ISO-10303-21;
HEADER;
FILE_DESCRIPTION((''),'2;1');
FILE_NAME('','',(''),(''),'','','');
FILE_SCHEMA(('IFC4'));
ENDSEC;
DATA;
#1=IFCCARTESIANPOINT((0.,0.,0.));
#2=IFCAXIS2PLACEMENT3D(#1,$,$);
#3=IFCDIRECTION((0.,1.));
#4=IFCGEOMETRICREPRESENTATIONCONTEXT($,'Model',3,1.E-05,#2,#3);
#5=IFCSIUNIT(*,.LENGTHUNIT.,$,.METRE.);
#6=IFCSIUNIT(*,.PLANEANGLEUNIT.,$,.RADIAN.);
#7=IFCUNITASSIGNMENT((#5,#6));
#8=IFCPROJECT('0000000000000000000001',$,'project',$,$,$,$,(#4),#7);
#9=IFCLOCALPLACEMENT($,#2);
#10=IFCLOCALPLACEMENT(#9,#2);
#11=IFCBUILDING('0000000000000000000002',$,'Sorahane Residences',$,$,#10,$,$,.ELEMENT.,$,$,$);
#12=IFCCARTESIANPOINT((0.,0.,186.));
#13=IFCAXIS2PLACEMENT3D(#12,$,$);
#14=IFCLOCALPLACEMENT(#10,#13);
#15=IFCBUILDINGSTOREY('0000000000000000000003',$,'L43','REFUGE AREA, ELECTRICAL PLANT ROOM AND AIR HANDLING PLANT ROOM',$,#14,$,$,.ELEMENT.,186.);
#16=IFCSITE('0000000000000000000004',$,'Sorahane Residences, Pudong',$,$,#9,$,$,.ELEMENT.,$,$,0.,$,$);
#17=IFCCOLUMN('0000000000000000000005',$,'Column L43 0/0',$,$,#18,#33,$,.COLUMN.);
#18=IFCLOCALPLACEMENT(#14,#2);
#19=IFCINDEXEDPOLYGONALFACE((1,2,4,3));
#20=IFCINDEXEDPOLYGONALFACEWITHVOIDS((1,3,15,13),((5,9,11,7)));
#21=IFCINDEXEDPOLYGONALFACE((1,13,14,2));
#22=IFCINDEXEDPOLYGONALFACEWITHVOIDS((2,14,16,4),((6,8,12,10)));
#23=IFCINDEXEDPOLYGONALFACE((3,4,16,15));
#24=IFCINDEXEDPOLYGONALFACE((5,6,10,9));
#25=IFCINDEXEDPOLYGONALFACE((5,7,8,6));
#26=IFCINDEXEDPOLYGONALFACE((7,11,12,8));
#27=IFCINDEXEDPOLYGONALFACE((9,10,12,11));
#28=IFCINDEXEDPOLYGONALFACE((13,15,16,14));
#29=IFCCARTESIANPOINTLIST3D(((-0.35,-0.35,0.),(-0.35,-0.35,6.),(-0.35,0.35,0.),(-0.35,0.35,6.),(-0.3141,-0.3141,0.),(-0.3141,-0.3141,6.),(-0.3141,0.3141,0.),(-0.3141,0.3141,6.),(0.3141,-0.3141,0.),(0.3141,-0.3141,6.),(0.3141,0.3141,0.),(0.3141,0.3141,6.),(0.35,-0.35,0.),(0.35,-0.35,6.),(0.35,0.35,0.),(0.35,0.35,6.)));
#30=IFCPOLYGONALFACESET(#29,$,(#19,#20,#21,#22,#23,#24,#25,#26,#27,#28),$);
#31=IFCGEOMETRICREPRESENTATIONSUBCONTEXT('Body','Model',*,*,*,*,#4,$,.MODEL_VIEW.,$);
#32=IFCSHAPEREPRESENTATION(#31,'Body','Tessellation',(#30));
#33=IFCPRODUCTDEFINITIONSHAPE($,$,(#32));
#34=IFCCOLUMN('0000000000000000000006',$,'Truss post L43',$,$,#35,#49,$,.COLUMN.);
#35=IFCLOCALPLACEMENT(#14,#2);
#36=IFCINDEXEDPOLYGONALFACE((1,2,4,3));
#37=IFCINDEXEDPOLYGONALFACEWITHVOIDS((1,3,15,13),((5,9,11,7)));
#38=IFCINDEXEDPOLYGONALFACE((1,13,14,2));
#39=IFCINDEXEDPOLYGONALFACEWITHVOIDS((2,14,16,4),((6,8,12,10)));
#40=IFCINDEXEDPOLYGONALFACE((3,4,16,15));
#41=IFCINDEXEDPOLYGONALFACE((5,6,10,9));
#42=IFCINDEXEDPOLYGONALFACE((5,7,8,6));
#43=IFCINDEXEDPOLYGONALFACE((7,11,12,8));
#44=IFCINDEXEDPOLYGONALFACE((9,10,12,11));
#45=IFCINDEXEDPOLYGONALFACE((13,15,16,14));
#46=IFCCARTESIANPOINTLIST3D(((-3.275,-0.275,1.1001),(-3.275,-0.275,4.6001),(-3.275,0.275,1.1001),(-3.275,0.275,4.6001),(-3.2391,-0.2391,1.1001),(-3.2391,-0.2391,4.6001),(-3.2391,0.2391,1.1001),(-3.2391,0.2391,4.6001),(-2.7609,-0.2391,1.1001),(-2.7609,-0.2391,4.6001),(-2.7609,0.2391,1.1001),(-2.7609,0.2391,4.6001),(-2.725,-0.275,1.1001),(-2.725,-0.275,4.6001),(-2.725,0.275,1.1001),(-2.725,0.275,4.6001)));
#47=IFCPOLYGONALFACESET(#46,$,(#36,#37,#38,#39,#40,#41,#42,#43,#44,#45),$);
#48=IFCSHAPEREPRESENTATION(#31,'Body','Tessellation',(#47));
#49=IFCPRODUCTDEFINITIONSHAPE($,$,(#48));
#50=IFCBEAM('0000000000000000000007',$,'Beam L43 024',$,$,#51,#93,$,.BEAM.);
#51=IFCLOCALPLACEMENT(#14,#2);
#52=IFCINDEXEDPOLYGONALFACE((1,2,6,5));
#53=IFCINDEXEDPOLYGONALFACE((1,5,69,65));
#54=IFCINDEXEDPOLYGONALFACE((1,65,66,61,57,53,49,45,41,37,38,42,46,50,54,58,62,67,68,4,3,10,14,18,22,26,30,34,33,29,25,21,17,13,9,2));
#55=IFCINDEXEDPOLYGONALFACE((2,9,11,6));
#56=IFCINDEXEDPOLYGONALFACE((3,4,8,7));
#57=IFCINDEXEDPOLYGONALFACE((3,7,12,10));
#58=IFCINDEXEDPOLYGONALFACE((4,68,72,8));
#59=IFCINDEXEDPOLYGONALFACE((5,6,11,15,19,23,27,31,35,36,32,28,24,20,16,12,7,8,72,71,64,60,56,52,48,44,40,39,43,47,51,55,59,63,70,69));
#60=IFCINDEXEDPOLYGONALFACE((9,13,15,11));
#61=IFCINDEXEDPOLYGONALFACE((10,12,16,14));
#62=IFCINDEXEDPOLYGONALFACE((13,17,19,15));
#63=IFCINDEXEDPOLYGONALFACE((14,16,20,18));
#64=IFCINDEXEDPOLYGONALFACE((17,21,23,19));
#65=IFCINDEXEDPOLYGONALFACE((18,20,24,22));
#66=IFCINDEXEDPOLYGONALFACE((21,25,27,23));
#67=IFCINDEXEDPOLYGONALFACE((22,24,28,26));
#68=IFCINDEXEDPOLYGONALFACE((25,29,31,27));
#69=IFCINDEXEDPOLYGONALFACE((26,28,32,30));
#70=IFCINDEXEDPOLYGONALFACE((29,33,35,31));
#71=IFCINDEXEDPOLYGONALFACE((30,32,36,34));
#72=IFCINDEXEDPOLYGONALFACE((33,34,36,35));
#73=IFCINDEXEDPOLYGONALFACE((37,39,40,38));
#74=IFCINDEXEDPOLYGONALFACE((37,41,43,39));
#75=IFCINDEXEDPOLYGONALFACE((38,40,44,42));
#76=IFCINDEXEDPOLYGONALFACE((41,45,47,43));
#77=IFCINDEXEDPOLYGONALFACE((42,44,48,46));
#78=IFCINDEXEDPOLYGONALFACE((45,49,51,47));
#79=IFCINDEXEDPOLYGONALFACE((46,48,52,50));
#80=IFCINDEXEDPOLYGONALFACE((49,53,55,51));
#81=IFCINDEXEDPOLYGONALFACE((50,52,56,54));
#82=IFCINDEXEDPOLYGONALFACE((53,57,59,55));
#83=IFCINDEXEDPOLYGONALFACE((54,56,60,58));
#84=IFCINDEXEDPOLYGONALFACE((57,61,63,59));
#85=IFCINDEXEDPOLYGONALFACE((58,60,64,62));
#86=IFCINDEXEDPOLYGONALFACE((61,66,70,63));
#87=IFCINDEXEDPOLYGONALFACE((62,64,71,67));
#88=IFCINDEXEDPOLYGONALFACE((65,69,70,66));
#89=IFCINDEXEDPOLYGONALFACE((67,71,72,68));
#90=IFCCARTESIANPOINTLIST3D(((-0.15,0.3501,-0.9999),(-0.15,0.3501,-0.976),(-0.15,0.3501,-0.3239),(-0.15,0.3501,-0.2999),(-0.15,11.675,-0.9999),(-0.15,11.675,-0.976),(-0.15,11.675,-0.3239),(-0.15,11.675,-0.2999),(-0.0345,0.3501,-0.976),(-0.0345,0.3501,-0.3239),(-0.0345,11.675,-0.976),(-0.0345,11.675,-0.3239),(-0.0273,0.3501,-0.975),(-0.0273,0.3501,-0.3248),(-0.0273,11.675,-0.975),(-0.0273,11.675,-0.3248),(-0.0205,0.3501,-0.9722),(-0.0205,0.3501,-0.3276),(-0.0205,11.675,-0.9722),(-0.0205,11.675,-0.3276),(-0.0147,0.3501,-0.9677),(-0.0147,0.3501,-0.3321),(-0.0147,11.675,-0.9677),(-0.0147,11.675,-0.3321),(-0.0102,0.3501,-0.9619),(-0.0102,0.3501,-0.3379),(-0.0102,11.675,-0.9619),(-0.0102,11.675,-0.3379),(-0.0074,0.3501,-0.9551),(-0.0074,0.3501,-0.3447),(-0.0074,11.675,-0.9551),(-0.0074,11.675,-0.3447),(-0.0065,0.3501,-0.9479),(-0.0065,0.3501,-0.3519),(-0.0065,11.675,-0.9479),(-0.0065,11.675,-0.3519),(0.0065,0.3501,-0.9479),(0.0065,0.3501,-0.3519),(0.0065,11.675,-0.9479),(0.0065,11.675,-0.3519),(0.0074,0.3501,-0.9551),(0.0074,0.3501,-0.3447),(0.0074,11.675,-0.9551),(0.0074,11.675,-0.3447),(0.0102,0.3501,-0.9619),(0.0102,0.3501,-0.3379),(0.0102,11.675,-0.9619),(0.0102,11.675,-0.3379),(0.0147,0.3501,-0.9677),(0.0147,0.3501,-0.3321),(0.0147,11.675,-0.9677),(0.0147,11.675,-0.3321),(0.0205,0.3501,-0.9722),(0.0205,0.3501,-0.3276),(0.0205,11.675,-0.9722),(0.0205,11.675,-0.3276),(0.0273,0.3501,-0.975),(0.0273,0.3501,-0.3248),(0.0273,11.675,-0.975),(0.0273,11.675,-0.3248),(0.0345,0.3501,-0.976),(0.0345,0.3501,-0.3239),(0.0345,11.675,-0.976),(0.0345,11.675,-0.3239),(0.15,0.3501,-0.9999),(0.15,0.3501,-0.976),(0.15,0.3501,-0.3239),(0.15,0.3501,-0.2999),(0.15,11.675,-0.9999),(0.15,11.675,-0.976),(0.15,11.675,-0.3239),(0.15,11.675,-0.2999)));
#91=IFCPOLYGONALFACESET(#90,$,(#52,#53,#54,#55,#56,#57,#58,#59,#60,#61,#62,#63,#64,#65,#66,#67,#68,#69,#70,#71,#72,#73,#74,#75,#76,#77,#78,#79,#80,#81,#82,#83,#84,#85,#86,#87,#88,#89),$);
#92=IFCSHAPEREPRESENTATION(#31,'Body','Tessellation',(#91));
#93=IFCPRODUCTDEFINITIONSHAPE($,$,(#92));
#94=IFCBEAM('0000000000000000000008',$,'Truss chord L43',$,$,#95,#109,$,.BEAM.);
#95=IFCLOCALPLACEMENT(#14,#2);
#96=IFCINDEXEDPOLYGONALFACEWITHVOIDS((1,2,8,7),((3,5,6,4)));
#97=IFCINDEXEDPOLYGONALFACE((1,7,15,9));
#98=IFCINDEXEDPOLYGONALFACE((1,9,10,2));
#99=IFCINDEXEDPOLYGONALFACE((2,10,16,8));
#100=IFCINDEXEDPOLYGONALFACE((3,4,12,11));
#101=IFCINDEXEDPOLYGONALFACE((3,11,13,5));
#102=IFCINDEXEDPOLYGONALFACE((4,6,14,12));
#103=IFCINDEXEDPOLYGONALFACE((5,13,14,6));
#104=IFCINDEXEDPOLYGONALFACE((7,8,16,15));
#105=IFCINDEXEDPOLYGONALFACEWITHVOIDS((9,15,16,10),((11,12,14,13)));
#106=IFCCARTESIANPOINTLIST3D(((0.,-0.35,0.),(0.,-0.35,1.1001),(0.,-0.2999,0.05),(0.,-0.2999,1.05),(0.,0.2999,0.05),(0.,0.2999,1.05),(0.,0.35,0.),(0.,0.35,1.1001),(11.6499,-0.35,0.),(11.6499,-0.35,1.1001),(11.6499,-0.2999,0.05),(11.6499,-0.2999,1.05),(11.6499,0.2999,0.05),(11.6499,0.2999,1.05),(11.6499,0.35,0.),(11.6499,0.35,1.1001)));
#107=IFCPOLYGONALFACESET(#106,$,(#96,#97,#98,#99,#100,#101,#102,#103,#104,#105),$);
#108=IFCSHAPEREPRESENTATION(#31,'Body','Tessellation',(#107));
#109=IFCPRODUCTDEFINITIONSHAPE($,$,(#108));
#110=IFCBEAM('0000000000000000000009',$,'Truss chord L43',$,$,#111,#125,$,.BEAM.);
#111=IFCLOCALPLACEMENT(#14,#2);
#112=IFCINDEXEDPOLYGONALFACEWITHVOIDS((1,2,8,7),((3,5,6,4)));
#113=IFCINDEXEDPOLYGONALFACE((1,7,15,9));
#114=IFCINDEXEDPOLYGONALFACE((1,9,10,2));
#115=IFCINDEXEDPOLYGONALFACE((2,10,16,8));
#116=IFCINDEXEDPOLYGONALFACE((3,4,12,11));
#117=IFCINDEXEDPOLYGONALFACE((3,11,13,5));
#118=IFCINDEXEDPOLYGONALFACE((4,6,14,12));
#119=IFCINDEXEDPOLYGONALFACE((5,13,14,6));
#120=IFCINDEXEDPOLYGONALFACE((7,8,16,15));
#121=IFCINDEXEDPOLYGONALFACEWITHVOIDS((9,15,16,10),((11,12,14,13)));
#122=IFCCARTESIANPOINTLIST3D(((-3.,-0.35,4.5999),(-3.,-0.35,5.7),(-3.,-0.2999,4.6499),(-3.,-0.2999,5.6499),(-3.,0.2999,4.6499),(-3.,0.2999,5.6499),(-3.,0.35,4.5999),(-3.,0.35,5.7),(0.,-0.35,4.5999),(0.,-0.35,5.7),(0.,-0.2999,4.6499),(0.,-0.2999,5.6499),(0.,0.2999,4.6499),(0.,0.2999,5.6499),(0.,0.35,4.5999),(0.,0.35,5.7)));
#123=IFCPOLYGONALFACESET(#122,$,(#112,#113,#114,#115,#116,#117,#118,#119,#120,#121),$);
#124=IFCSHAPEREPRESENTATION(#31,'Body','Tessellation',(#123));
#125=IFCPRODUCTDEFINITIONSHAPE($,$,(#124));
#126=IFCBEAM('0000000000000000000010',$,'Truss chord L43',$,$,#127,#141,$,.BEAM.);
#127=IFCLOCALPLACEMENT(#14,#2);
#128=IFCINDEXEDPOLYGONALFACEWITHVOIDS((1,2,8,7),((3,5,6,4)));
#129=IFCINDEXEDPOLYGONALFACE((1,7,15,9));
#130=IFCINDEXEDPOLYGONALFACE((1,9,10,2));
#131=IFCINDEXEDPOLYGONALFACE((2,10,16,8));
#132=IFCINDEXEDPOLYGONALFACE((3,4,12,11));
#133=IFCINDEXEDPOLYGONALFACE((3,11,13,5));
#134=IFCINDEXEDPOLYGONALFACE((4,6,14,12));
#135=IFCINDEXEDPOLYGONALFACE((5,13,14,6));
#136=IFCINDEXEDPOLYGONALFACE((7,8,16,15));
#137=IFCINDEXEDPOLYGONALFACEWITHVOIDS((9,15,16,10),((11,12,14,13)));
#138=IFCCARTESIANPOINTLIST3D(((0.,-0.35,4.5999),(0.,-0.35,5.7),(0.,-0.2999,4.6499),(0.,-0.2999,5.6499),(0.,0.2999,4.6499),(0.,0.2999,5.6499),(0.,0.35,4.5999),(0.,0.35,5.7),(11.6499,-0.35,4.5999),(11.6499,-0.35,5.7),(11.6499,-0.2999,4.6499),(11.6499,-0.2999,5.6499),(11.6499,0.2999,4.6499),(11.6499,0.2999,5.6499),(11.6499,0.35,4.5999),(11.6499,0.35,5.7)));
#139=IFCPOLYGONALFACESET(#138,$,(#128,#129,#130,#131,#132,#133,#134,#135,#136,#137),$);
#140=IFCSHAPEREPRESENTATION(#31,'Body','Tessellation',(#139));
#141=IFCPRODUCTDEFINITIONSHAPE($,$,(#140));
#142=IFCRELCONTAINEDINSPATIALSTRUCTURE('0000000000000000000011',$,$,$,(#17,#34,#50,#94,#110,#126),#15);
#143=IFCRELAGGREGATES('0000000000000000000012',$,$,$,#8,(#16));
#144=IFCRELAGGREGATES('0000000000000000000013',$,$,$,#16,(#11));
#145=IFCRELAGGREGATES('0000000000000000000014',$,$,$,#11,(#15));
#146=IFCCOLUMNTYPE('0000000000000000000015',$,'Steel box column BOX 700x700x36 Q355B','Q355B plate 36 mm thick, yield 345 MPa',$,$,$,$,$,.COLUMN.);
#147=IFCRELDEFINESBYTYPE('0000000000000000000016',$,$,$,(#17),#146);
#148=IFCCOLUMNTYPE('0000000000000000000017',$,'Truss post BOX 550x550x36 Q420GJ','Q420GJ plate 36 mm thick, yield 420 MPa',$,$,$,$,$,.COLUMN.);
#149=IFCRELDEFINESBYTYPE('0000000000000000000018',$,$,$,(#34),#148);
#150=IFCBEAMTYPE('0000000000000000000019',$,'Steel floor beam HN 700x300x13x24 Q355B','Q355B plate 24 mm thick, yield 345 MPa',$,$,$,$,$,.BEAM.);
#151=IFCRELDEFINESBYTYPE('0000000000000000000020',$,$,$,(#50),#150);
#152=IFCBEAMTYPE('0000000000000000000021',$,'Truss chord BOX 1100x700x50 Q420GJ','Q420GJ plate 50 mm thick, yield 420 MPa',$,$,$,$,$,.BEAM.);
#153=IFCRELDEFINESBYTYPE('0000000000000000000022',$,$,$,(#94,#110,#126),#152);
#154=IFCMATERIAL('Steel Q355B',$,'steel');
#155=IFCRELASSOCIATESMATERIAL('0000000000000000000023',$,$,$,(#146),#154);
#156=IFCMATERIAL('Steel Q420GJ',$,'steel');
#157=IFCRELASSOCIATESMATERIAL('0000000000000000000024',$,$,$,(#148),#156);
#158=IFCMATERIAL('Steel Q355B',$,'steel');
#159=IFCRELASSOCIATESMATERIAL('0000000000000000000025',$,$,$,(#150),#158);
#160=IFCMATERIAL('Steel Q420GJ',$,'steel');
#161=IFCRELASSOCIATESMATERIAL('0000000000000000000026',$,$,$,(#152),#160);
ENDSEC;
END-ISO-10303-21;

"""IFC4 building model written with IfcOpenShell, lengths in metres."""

from ifc_helpers import new_model, si_unit, direction, frame, origin, origin_with_axes, origin_2d, place, context, subcontext, project, spatial, hollow_rectangle, i_section, extrude, material, material_profile, profile_set, type_object, element, save


model = new_model("IFC4")

# Units and contexts
model_context = context("Model", 3, precision=1e-05, world=origin(), true_north=direction((0.0, 1.0)))
body_context = subcontext(model_context, "Body", "Model", "MODEL_VIEW")
ifc_project = project(units=[si_unit("LENGTHUNIT", "METRE"), si_unit("PLANEANGLEUNIT", "RADIAN")], contexts=[model_context])

# Site, building, storey
site_placement = place(None, origin())
site = spatial("IfcSite", under=ifc_project, at=site_placement, Name="Sorahane Residences, Pudong", CompositionType="ELEMENT", RefElevation=0.0)
building_placement = place(site_placement, origin())
building = spatial("IfcBuilding", under=site, at=building_placement, Name="Sorahane Residences", CompositionType="ELEMENT")
storey_placement = place(building_placement, frame((0.0, 0.0, 186.0)))
storey = spatial("IfcBuildingStorey", under=building, at=storey_placement, Name="L43", Description="REFUGE AREA, ELECTRICAL PLANT ROOM AND AIR HANDLING PLANT ROOM", CompositionType="ELEMENT", Elevation=186.0)

# Columns
ifc_material_1 = material(Name="Steel Q355B", Category="steel")
ifc_material_profile_1 = material_profile(ifc_material_1, hollow_rectangle(XDim=0.7, YDim=0.7, WallThickness=0.0359, at=origin_2d()), Name="BOX 700x700x36")
ifc_profile_set_1 = profile_set([ifc_material_profile_1], Name="Steel Q355B")
column_type_1 = type_object("IfcColumnType", Name="Steel box column BOX 700x700x36 Q355B", Description="Q355B plate 36 mm thick, yield 345 MPa", PredefinedType="COLUMN", material=ifc_profile_set_1)
column_1_placement = place(storey_placement, origin_with_axes())
element("IfcColumn", 1, at=column_1_placement, inside=storey, type_object=column_type_1, Name="Column L43 0/0", PredefinedType="COLUMN", context=body_context, shape_type="SweptSolid", body=[
    extrude(hollow_rectangle(XDim=0.7, YDim=0.7, WallThickness=0.0359, at=origin_2d()), origin(), (0.0, 0.0, 1.0), 6.0),
])
ifc_material_2 = material(Name="Steel Q420GJ", Category="steel")
ifc_material_profile_2 = material_profile(ifc_material_2, hollow_rectangle(XDim=0.55, YDim=0.55, WallThickness=0.0359, at=origin_2d()), Name="BOX 550x550x36")
ifc_profile_set_2 = profile_set([ifc_material_profile_2], Name="Steel Q420GJ")
column_type_2 = type_object("IfcColumnType", Name="Truss post BOX 550x550x36 Q420GJ", Description="Q420GJ plate 36 mm thick, yield 420 MPa", PredefinedType="COLUMN", material=ifc_profile_set_2)
column_2_placement = place(storey_placement, frame((-3.0, 0.0, 1.1001), z_axis=(0.0, 0.0, 1.0), x_axis=(1.0, 0.0, 0.0)))
element("IfcColumn", 2, at=column_2_placement, inside=storey, type_object=column_type_2, Name="Truss post L43", PredefinedType="COLUMN", context=body_context, shape_type="SweptSolid", body=[
    extrude(hollow_rectangle(XDim=0.55, YDim=0.55, WallThickness=0.0359, at=origin_2d()), origin(), (0.0, 0.0, 1.0), 3.5),
])

# Beams
ifc_material_3 = material(Name="Steel Q355B", Category="steel")
ifc_material_profile_3 = material_profile(ifc_material_3, i_section(OverallWidth=0.3, OverallDepth=0.7, WebThickness=0.0129, FlangeThickness=0.0239, FilletRadius=0.0281, at=origin_2d()), Name="HN 700x300x13x24")
ifc_profile_set_3 = profile_set([ifc_material_profile_3], Name="Steel Q355B")
beam_type_1 = type_object("IfcBeamType", Name="Steel floor beam HN 700x300x13x24 Q355B", Description="Q355B plate 24 mm thick, yield 345 MPa", PredefinedType="BEAM", material=ifc_profile_set_3)
beam_1_placement = place(storey_placement, frame((0.0, 0.3501, -0.6499), z_axis=(0.0, 1.0, 0.0), x_axis=(-1.0, 0.0, 0.0)))
element("IfcBeam", 3, at=beam_1_placement, inside=storey, type_object=beam_type_1, Name="Beam L43 024", PredefinedType="BEAM", context=body_context, shape_type="SweptSolid", body=[
    extrude(i_section(OverallWidth=0.3, OverallDepth=0.7, WebThickness=0.0129, FlangeThickness=0.0239, FilletRadius=0.0281, at=origin_2d()), origin(), (0.0, 0.0, 1.0), 11.325),
])
ifc_material_4 = material(Name="Steel Q420GJ", Category="steel")
ifc_material_profile_4 = material_profile(ifc_material_4, hollow_rectangle(XDim=0.7, YDim=1.1001, WallThickness=0.05, at=origin_2d()), Name="BOX 1100x700x50")
ifc_profile_set_4 = profile_set([ifc_material_profile_4], Name="Steel Q420GJ")
beam_type_2 = type_object("IfcBeamType", Name="Truss chord BOX 1100x700x50 Q420GJ", Description="Q420GJ plate 50 mm thick, yield 420 MPa", PredefinedType="BEAM", material=ifc_profile_set_4)
beam_2_placement = place(storey_placement, frame((0.0, 0.0, 0.55), z_axis=(1.0, 0.0, 0.0), x_axis=(0.0, 1.0, 0.0)))
element("IfcBeam", 4, at=beam_2_placement, inside=storey, type_object=beam_type_2, Name="Truss chord L43", PredefinedType="BEAM", context=body_context, shape_type="SweptSolid", body=[
    extrude(hollow_rectangle(XDim=0.7, YDim=1.1001, WallThickness=0.05, at=origin_2d()), origin(), (0.0, 0.0, 1.0), 11.6499),
])
beam_3_placement = place(storey_placement, frame((-3.0, 0.0, 5.1499), z_axis=(1.0, 0.0, 0.0), x_axis=(0.0, 1.0, 0.0)))
element("IfcBeam", 5, at=beam_3_placement, inside=storey, type_object=beam_type_2, Name="Truss chord L43", PredefinedType="BEAM", context=body_context, shape_type="SweptSolid", body=[
    extrude(hollow_rectangle(XDim=0.7, YDim=1.1001, WallThickness=0.05, at=origin_2d()), origin(), (0.0, 0.0, 1.0), 3.0),
])
beam_4_placement = place(storey_placement, frame((0.0, 0.0, 5.1499), z_axis=(1.0, 0.0, 0.0), x_axis=(0.0, 1.0, 0.0)))
element("IfcBeam", 6, at=beam_4_placement, inside=storey, type_object=beam_type_2, Name="Truss chord L43", PredefinedType="BEAM", context=body_context, shape_type="SweptSolid", body=[
    extrude(hollow_rectangle(XDim=0.7, YDim=1.1001, WallThickness=0.05, at=origin_2d()), origin(), (0.0, 0.0, 1.0), 11.6499),
])

save(model, "model.ifc")
